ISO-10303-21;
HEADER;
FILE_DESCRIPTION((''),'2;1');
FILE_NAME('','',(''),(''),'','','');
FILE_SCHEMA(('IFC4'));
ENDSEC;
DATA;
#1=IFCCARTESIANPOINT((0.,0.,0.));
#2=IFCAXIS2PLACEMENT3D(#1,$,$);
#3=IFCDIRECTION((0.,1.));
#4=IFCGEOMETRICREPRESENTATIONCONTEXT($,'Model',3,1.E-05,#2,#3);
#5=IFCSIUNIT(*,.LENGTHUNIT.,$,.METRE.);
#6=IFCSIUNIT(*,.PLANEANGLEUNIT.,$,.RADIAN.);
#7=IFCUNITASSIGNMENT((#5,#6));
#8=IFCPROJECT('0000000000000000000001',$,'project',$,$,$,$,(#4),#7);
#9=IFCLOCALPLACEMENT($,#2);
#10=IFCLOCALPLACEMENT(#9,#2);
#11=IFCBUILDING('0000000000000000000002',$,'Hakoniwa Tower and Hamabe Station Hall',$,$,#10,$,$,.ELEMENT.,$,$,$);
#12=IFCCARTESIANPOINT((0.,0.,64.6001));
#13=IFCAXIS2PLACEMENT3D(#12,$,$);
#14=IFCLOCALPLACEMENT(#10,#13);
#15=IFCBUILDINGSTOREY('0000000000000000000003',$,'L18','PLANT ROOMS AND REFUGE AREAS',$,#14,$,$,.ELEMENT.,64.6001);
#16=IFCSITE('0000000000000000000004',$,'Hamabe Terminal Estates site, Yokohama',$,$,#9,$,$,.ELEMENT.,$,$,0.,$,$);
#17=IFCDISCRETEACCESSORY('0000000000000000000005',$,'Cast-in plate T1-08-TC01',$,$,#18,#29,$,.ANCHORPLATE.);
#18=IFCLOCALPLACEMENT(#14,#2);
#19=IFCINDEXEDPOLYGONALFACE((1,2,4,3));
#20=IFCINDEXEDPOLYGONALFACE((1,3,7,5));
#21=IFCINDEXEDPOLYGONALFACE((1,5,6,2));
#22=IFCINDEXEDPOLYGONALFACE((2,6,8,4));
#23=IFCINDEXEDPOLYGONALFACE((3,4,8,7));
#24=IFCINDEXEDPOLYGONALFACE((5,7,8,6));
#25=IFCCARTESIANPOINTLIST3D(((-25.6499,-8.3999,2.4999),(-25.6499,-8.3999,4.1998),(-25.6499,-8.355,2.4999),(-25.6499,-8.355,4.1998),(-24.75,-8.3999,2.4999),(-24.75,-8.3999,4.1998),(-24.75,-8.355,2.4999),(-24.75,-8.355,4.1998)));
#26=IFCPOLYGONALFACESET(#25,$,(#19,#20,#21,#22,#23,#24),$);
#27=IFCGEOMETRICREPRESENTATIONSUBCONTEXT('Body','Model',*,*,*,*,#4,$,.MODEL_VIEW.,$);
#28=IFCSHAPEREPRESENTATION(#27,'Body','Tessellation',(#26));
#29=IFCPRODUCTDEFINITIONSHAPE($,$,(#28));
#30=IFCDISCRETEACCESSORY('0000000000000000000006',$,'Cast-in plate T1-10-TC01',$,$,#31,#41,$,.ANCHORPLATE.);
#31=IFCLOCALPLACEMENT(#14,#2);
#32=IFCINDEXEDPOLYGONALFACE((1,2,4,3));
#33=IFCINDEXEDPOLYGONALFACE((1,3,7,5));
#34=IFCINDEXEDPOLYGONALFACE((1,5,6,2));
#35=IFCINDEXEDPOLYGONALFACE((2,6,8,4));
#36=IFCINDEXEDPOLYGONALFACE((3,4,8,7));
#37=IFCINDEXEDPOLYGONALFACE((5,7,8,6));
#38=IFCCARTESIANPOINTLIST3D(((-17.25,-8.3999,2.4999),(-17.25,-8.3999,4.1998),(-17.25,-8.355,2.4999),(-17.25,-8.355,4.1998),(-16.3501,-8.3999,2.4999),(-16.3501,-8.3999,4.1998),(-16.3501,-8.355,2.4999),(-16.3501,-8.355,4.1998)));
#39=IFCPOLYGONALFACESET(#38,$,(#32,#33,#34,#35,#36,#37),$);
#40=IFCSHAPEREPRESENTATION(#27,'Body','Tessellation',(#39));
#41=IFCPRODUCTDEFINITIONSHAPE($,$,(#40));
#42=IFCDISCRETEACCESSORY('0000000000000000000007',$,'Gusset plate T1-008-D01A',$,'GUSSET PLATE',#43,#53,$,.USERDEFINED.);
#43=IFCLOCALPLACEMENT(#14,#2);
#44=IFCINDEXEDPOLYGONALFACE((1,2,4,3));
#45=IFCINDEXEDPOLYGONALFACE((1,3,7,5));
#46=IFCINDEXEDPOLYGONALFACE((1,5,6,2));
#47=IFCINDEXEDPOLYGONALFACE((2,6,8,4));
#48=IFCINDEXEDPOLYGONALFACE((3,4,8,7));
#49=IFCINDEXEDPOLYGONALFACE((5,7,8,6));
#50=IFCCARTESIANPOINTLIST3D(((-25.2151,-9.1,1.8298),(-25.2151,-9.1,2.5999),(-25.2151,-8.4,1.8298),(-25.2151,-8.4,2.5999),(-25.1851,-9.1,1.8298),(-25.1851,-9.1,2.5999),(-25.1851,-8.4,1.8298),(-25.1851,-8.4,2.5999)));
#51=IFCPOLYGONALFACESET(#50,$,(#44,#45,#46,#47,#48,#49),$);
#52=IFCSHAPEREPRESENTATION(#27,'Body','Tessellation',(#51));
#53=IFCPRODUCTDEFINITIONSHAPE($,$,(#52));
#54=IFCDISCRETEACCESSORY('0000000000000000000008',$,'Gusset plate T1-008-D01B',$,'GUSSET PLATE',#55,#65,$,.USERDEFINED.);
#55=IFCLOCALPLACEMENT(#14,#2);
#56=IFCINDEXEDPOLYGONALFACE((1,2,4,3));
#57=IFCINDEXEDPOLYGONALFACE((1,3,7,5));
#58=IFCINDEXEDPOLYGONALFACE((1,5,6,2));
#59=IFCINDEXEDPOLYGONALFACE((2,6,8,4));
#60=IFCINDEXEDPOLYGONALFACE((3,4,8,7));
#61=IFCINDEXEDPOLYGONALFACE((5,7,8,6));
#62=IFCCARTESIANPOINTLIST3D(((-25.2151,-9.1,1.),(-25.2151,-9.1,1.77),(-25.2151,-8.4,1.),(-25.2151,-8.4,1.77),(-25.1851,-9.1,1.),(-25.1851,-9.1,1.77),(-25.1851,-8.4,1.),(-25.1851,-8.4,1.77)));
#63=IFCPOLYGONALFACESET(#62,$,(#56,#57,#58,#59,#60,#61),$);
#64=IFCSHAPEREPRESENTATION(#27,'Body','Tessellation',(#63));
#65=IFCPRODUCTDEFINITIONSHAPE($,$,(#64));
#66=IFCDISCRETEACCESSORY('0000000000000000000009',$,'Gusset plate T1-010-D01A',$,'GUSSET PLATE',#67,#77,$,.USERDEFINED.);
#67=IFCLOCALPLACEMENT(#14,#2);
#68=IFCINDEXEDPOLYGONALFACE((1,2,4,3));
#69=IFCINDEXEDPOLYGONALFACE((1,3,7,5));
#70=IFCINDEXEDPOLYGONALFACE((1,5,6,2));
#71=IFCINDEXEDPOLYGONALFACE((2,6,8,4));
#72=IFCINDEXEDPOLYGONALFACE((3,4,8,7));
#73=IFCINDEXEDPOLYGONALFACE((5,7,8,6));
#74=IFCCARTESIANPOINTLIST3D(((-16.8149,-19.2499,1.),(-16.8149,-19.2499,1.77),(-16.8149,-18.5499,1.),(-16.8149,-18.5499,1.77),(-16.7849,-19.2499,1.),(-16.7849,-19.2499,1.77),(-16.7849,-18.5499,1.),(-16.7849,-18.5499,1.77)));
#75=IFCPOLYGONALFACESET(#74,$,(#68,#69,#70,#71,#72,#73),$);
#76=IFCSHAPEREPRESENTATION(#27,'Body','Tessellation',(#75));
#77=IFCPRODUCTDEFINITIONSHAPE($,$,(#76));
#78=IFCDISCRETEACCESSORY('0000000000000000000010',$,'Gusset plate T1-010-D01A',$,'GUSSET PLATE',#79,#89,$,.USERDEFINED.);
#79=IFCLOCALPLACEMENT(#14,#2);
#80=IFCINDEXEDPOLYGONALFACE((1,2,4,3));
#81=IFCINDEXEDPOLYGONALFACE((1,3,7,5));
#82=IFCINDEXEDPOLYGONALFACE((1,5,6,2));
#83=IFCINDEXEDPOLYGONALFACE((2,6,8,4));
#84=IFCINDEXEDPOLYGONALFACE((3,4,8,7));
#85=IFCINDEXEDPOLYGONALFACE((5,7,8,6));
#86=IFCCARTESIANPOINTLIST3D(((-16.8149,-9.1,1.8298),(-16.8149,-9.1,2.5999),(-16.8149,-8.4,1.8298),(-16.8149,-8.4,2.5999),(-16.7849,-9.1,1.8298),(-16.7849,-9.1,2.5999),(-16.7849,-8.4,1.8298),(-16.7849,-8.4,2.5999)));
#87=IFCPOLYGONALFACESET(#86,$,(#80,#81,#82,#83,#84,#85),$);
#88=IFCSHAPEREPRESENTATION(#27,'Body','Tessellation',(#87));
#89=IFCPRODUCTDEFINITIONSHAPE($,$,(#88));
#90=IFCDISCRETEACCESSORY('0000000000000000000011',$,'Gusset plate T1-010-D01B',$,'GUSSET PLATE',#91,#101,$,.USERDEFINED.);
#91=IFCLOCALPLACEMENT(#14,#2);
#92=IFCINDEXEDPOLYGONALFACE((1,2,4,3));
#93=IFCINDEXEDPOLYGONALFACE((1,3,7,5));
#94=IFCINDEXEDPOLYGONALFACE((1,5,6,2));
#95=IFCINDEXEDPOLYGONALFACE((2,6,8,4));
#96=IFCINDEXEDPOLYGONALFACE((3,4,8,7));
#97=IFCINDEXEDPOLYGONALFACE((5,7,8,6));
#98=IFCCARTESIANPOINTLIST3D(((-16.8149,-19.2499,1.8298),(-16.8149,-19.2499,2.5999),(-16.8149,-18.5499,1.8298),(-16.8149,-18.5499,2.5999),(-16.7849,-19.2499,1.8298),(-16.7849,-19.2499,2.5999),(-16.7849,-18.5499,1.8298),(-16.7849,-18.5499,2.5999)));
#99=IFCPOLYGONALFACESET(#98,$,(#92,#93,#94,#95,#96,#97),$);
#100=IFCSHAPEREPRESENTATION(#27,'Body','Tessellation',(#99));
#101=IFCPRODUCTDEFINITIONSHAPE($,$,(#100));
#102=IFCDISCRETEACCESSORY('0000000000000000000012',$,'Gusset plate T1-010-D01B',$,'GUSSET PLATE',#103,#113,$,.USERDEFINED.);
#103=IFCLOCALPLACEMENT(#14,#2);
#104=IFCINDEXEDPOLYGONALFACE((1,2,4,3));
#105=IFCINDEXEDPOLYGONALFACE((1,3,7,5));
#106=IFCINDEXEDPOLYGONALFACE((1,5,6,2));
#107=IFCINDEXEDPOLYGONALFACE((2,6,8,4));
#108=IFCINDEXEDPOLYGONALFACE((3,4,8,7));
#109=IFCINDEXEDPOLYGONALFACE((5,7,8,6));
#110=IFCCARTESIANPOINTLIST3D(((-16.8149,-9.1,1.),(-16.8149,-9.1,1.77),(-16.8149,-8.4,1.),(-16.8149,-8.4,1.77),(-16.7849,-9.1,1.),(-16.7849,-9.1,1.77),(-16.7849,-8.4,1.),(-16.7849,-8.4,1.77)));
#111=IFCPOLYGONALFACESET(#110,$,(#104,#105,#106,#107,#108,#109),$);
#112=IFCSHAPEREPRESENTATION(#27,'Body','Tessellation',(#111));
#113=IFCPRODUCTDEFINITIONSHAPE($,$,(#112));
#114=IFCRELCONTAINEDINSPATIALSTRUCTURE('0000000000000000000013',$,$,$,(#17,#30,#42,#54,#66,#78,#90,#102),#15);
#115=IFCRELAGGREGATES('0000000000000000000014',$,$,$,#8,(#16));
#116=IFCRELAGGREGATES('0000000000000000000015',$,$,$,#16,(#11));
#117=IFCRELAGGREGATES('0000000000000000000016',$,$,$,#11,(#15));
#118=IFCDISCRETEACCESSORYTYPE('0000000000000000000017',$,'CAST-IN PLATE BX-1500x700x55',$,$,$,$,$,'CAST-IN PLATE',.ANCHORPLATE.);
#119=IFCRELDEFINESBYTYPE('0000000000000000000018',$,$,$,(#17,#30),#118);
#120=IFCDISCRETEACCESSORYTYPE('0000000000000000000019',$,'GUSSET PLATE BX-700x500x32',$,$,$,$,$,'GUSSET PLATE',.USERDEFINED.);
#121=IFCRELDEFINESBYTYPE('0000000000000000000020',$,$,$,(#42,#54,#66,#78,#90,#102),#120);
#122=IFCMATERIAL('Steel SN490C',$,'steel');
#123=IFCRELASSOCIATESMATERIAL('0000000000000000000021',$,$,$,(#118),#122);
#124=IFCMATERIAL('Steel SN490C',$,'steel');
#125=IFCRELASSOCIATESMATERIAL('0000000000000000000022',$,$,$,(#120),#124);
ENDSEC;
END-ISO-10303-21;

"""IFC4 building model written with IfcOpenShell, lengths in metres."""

from ifc_helpers import new_model, si_unit, direction, frame, origin, origin_2d, place, context, subcontext, project, spatial, rectangle, extrude, material, material_profile, profile_set, type_object, element, save


model = new_model("IFC4")

# Units and contexts
model_context = context("Model", 3, precision=1e-05, world=origin(), true_north=direction((0.0, 1.0)))
body_context = subcontext(model_context, "Body", "Model", "MODEL_VIEW")
ifc_project = project(units=[si_unit("LENGTHUNIT", "METRE"), si_unit("PLANEANGLEUNIT", "RADIAN")], contexts=[model_context])

# Site, building, storey
site_placement = place(None, origin())
site = spatial("IfcSite", under=ifc_project, at=site_placement, Name="Hamabe Terminal Estates site, Yokohama", CompositionType="ELEMENT", RefElevation=0.0)
building_placement = place(site_placement, origin())
building = spatial("IfcBuilding", under=site, at=building_placement, Name="Hakoniwa Tower and Hamabe Station Hall", CompositionType="ELEMENT")
storey_placement = place(building_placement, frame((0.0, 0.0, 64.6001)))
storey = spatial("IfcBuildingStorey", under=building, at=storey_placement, Name="L18", Description="PLANT ROOMS AND REFUGE AREAS", CompositionType="ELEMENT", Elevation=64.6001)

# Discrete accessories
ifc_material_1 = material(Name="Steel SN490C", Category="steel")
ifc_material_profile_1 = material_profile(ifc_material_1, rectangle(XDim=0.8999, YDim=1.7, at=origin_2d()), Name="CAST-IN PLATE BX-1500x700x55")
ifc_profile_set_1 = profile_set([ifc_material_profile_1], Name="Steel SN490C")
discrete_accessory_type_1 = type_object("IfcDiscreteAccessoryType", Name="CAST-IN PLATE BX-1500x700x55", ElementType="CAST-IN PLATE", PredefinedType="ANCHORPLATE", material=ifc_profile_set_1)
for number, where, z_axis, x_axis, name in (
    (1, (-25.2, -8.355, 3.3499), (0.0, -1.0, 0.0), (1.0, 0.0, 0.0), "Cast-in plate T1-08-TC01"),
    (2, (-16.8, -8.355, 3.3499), (0.0, -1.0, 0.0), (1.0, 0.0, 0.0), "Cast-in plate T1-10-TC01"),
):
    element("IfcDiscreteAccessory", number, at=place(storey_placement, frame(where, z_axis=z_axis, x_axis=x_axis)), inside=storey, type_object=discrete_accessory_type_1, Name=name, PredefinedType="ANCHORPLATE", context=body_context, shape_type="SweptSolid", body=[
        extrude(rectangle(XDim=0.8999, YDim=1.7, at=origin_2d()), origin(), (0.0, 0.0, 1.0), 0.0449),
    ])
ifc_material_2 = material(Name="Steel SN490C", Category="steel")
ifc_material_profile_2 = material_profile(ifc_material_2, rectangle(XDim=0.7, YDim=0.77, at=origin_2d()), Name="GUSSET PLATE BX-700x500x32")
ifc_profile_set_2 = profile_set([ifc_material_profile_2], Name="Steel SN490C")
discrete_accessory_type_2 = type_object("IfcDiscreteAccessoryType", Name="GUSSET PLATE BX-700x500x32", ElementType="GUSSET PLATE", PredefinedType="USERDEFINED", material=ifc_profile_set_2)
for number, where, z_axis, x_axis, name in (
    (3, (-25.1851, -8.75, 2.2148), (-1.0, 0.0, 0.0), (0.0, -1.0, 0.0), "Gusset plate T1-008-D01A"),
    (4, (-25.1851, -8.75, 1.385), (-1.0, 0.0, 0.0), (0.0, -1.0, 0.0), "Gusset plate T1-008-D01B"),
    (5, (-16.7849, -18.8999, 1.385), (-1.0, 0.0, 0.0), (0.0, -1.0, 0.0), "Gusset plate T1-010-D01A"),
    (6, (-16.7849, -8.75, 2.2148), (-1.0, 0.0, 0.0), (0.0, -1.0, 0.0), "Gusset plate T1-010-D01A"),
    (7, (-16.7849, -18.8999, 2.2148), (-1.0, 0.0, 0.0), (0.0, -1.0, 0.0), "Gusset plate T1-010-D01B"),
    (8, (-16.7849, -8.75, 1.385), (-1.0, 0.0, 0.0), (0.0, -1.0, 0.0), "Gusset plate T1-010-D01B"),
):
    element("IfcDiscreteAccessory", number, at=place(storey_placement, frame(where, z_axis=z_axis, x_axis=x_axis)), inside=storey, type_object=discrete_accessory_type_2, Name=name, ObjectType="GUSSET PLATE", PredefinedType="USERDEFINED", context=body_context, shape_type="SweptSolid", body=[
        extrude(rectangle(XDim=0.7, YDim=0.77, at=origin_2d()), origin(), (0.0, 0.0, 1.0), 0.03),
    ])

save(model, "model.ifc")
